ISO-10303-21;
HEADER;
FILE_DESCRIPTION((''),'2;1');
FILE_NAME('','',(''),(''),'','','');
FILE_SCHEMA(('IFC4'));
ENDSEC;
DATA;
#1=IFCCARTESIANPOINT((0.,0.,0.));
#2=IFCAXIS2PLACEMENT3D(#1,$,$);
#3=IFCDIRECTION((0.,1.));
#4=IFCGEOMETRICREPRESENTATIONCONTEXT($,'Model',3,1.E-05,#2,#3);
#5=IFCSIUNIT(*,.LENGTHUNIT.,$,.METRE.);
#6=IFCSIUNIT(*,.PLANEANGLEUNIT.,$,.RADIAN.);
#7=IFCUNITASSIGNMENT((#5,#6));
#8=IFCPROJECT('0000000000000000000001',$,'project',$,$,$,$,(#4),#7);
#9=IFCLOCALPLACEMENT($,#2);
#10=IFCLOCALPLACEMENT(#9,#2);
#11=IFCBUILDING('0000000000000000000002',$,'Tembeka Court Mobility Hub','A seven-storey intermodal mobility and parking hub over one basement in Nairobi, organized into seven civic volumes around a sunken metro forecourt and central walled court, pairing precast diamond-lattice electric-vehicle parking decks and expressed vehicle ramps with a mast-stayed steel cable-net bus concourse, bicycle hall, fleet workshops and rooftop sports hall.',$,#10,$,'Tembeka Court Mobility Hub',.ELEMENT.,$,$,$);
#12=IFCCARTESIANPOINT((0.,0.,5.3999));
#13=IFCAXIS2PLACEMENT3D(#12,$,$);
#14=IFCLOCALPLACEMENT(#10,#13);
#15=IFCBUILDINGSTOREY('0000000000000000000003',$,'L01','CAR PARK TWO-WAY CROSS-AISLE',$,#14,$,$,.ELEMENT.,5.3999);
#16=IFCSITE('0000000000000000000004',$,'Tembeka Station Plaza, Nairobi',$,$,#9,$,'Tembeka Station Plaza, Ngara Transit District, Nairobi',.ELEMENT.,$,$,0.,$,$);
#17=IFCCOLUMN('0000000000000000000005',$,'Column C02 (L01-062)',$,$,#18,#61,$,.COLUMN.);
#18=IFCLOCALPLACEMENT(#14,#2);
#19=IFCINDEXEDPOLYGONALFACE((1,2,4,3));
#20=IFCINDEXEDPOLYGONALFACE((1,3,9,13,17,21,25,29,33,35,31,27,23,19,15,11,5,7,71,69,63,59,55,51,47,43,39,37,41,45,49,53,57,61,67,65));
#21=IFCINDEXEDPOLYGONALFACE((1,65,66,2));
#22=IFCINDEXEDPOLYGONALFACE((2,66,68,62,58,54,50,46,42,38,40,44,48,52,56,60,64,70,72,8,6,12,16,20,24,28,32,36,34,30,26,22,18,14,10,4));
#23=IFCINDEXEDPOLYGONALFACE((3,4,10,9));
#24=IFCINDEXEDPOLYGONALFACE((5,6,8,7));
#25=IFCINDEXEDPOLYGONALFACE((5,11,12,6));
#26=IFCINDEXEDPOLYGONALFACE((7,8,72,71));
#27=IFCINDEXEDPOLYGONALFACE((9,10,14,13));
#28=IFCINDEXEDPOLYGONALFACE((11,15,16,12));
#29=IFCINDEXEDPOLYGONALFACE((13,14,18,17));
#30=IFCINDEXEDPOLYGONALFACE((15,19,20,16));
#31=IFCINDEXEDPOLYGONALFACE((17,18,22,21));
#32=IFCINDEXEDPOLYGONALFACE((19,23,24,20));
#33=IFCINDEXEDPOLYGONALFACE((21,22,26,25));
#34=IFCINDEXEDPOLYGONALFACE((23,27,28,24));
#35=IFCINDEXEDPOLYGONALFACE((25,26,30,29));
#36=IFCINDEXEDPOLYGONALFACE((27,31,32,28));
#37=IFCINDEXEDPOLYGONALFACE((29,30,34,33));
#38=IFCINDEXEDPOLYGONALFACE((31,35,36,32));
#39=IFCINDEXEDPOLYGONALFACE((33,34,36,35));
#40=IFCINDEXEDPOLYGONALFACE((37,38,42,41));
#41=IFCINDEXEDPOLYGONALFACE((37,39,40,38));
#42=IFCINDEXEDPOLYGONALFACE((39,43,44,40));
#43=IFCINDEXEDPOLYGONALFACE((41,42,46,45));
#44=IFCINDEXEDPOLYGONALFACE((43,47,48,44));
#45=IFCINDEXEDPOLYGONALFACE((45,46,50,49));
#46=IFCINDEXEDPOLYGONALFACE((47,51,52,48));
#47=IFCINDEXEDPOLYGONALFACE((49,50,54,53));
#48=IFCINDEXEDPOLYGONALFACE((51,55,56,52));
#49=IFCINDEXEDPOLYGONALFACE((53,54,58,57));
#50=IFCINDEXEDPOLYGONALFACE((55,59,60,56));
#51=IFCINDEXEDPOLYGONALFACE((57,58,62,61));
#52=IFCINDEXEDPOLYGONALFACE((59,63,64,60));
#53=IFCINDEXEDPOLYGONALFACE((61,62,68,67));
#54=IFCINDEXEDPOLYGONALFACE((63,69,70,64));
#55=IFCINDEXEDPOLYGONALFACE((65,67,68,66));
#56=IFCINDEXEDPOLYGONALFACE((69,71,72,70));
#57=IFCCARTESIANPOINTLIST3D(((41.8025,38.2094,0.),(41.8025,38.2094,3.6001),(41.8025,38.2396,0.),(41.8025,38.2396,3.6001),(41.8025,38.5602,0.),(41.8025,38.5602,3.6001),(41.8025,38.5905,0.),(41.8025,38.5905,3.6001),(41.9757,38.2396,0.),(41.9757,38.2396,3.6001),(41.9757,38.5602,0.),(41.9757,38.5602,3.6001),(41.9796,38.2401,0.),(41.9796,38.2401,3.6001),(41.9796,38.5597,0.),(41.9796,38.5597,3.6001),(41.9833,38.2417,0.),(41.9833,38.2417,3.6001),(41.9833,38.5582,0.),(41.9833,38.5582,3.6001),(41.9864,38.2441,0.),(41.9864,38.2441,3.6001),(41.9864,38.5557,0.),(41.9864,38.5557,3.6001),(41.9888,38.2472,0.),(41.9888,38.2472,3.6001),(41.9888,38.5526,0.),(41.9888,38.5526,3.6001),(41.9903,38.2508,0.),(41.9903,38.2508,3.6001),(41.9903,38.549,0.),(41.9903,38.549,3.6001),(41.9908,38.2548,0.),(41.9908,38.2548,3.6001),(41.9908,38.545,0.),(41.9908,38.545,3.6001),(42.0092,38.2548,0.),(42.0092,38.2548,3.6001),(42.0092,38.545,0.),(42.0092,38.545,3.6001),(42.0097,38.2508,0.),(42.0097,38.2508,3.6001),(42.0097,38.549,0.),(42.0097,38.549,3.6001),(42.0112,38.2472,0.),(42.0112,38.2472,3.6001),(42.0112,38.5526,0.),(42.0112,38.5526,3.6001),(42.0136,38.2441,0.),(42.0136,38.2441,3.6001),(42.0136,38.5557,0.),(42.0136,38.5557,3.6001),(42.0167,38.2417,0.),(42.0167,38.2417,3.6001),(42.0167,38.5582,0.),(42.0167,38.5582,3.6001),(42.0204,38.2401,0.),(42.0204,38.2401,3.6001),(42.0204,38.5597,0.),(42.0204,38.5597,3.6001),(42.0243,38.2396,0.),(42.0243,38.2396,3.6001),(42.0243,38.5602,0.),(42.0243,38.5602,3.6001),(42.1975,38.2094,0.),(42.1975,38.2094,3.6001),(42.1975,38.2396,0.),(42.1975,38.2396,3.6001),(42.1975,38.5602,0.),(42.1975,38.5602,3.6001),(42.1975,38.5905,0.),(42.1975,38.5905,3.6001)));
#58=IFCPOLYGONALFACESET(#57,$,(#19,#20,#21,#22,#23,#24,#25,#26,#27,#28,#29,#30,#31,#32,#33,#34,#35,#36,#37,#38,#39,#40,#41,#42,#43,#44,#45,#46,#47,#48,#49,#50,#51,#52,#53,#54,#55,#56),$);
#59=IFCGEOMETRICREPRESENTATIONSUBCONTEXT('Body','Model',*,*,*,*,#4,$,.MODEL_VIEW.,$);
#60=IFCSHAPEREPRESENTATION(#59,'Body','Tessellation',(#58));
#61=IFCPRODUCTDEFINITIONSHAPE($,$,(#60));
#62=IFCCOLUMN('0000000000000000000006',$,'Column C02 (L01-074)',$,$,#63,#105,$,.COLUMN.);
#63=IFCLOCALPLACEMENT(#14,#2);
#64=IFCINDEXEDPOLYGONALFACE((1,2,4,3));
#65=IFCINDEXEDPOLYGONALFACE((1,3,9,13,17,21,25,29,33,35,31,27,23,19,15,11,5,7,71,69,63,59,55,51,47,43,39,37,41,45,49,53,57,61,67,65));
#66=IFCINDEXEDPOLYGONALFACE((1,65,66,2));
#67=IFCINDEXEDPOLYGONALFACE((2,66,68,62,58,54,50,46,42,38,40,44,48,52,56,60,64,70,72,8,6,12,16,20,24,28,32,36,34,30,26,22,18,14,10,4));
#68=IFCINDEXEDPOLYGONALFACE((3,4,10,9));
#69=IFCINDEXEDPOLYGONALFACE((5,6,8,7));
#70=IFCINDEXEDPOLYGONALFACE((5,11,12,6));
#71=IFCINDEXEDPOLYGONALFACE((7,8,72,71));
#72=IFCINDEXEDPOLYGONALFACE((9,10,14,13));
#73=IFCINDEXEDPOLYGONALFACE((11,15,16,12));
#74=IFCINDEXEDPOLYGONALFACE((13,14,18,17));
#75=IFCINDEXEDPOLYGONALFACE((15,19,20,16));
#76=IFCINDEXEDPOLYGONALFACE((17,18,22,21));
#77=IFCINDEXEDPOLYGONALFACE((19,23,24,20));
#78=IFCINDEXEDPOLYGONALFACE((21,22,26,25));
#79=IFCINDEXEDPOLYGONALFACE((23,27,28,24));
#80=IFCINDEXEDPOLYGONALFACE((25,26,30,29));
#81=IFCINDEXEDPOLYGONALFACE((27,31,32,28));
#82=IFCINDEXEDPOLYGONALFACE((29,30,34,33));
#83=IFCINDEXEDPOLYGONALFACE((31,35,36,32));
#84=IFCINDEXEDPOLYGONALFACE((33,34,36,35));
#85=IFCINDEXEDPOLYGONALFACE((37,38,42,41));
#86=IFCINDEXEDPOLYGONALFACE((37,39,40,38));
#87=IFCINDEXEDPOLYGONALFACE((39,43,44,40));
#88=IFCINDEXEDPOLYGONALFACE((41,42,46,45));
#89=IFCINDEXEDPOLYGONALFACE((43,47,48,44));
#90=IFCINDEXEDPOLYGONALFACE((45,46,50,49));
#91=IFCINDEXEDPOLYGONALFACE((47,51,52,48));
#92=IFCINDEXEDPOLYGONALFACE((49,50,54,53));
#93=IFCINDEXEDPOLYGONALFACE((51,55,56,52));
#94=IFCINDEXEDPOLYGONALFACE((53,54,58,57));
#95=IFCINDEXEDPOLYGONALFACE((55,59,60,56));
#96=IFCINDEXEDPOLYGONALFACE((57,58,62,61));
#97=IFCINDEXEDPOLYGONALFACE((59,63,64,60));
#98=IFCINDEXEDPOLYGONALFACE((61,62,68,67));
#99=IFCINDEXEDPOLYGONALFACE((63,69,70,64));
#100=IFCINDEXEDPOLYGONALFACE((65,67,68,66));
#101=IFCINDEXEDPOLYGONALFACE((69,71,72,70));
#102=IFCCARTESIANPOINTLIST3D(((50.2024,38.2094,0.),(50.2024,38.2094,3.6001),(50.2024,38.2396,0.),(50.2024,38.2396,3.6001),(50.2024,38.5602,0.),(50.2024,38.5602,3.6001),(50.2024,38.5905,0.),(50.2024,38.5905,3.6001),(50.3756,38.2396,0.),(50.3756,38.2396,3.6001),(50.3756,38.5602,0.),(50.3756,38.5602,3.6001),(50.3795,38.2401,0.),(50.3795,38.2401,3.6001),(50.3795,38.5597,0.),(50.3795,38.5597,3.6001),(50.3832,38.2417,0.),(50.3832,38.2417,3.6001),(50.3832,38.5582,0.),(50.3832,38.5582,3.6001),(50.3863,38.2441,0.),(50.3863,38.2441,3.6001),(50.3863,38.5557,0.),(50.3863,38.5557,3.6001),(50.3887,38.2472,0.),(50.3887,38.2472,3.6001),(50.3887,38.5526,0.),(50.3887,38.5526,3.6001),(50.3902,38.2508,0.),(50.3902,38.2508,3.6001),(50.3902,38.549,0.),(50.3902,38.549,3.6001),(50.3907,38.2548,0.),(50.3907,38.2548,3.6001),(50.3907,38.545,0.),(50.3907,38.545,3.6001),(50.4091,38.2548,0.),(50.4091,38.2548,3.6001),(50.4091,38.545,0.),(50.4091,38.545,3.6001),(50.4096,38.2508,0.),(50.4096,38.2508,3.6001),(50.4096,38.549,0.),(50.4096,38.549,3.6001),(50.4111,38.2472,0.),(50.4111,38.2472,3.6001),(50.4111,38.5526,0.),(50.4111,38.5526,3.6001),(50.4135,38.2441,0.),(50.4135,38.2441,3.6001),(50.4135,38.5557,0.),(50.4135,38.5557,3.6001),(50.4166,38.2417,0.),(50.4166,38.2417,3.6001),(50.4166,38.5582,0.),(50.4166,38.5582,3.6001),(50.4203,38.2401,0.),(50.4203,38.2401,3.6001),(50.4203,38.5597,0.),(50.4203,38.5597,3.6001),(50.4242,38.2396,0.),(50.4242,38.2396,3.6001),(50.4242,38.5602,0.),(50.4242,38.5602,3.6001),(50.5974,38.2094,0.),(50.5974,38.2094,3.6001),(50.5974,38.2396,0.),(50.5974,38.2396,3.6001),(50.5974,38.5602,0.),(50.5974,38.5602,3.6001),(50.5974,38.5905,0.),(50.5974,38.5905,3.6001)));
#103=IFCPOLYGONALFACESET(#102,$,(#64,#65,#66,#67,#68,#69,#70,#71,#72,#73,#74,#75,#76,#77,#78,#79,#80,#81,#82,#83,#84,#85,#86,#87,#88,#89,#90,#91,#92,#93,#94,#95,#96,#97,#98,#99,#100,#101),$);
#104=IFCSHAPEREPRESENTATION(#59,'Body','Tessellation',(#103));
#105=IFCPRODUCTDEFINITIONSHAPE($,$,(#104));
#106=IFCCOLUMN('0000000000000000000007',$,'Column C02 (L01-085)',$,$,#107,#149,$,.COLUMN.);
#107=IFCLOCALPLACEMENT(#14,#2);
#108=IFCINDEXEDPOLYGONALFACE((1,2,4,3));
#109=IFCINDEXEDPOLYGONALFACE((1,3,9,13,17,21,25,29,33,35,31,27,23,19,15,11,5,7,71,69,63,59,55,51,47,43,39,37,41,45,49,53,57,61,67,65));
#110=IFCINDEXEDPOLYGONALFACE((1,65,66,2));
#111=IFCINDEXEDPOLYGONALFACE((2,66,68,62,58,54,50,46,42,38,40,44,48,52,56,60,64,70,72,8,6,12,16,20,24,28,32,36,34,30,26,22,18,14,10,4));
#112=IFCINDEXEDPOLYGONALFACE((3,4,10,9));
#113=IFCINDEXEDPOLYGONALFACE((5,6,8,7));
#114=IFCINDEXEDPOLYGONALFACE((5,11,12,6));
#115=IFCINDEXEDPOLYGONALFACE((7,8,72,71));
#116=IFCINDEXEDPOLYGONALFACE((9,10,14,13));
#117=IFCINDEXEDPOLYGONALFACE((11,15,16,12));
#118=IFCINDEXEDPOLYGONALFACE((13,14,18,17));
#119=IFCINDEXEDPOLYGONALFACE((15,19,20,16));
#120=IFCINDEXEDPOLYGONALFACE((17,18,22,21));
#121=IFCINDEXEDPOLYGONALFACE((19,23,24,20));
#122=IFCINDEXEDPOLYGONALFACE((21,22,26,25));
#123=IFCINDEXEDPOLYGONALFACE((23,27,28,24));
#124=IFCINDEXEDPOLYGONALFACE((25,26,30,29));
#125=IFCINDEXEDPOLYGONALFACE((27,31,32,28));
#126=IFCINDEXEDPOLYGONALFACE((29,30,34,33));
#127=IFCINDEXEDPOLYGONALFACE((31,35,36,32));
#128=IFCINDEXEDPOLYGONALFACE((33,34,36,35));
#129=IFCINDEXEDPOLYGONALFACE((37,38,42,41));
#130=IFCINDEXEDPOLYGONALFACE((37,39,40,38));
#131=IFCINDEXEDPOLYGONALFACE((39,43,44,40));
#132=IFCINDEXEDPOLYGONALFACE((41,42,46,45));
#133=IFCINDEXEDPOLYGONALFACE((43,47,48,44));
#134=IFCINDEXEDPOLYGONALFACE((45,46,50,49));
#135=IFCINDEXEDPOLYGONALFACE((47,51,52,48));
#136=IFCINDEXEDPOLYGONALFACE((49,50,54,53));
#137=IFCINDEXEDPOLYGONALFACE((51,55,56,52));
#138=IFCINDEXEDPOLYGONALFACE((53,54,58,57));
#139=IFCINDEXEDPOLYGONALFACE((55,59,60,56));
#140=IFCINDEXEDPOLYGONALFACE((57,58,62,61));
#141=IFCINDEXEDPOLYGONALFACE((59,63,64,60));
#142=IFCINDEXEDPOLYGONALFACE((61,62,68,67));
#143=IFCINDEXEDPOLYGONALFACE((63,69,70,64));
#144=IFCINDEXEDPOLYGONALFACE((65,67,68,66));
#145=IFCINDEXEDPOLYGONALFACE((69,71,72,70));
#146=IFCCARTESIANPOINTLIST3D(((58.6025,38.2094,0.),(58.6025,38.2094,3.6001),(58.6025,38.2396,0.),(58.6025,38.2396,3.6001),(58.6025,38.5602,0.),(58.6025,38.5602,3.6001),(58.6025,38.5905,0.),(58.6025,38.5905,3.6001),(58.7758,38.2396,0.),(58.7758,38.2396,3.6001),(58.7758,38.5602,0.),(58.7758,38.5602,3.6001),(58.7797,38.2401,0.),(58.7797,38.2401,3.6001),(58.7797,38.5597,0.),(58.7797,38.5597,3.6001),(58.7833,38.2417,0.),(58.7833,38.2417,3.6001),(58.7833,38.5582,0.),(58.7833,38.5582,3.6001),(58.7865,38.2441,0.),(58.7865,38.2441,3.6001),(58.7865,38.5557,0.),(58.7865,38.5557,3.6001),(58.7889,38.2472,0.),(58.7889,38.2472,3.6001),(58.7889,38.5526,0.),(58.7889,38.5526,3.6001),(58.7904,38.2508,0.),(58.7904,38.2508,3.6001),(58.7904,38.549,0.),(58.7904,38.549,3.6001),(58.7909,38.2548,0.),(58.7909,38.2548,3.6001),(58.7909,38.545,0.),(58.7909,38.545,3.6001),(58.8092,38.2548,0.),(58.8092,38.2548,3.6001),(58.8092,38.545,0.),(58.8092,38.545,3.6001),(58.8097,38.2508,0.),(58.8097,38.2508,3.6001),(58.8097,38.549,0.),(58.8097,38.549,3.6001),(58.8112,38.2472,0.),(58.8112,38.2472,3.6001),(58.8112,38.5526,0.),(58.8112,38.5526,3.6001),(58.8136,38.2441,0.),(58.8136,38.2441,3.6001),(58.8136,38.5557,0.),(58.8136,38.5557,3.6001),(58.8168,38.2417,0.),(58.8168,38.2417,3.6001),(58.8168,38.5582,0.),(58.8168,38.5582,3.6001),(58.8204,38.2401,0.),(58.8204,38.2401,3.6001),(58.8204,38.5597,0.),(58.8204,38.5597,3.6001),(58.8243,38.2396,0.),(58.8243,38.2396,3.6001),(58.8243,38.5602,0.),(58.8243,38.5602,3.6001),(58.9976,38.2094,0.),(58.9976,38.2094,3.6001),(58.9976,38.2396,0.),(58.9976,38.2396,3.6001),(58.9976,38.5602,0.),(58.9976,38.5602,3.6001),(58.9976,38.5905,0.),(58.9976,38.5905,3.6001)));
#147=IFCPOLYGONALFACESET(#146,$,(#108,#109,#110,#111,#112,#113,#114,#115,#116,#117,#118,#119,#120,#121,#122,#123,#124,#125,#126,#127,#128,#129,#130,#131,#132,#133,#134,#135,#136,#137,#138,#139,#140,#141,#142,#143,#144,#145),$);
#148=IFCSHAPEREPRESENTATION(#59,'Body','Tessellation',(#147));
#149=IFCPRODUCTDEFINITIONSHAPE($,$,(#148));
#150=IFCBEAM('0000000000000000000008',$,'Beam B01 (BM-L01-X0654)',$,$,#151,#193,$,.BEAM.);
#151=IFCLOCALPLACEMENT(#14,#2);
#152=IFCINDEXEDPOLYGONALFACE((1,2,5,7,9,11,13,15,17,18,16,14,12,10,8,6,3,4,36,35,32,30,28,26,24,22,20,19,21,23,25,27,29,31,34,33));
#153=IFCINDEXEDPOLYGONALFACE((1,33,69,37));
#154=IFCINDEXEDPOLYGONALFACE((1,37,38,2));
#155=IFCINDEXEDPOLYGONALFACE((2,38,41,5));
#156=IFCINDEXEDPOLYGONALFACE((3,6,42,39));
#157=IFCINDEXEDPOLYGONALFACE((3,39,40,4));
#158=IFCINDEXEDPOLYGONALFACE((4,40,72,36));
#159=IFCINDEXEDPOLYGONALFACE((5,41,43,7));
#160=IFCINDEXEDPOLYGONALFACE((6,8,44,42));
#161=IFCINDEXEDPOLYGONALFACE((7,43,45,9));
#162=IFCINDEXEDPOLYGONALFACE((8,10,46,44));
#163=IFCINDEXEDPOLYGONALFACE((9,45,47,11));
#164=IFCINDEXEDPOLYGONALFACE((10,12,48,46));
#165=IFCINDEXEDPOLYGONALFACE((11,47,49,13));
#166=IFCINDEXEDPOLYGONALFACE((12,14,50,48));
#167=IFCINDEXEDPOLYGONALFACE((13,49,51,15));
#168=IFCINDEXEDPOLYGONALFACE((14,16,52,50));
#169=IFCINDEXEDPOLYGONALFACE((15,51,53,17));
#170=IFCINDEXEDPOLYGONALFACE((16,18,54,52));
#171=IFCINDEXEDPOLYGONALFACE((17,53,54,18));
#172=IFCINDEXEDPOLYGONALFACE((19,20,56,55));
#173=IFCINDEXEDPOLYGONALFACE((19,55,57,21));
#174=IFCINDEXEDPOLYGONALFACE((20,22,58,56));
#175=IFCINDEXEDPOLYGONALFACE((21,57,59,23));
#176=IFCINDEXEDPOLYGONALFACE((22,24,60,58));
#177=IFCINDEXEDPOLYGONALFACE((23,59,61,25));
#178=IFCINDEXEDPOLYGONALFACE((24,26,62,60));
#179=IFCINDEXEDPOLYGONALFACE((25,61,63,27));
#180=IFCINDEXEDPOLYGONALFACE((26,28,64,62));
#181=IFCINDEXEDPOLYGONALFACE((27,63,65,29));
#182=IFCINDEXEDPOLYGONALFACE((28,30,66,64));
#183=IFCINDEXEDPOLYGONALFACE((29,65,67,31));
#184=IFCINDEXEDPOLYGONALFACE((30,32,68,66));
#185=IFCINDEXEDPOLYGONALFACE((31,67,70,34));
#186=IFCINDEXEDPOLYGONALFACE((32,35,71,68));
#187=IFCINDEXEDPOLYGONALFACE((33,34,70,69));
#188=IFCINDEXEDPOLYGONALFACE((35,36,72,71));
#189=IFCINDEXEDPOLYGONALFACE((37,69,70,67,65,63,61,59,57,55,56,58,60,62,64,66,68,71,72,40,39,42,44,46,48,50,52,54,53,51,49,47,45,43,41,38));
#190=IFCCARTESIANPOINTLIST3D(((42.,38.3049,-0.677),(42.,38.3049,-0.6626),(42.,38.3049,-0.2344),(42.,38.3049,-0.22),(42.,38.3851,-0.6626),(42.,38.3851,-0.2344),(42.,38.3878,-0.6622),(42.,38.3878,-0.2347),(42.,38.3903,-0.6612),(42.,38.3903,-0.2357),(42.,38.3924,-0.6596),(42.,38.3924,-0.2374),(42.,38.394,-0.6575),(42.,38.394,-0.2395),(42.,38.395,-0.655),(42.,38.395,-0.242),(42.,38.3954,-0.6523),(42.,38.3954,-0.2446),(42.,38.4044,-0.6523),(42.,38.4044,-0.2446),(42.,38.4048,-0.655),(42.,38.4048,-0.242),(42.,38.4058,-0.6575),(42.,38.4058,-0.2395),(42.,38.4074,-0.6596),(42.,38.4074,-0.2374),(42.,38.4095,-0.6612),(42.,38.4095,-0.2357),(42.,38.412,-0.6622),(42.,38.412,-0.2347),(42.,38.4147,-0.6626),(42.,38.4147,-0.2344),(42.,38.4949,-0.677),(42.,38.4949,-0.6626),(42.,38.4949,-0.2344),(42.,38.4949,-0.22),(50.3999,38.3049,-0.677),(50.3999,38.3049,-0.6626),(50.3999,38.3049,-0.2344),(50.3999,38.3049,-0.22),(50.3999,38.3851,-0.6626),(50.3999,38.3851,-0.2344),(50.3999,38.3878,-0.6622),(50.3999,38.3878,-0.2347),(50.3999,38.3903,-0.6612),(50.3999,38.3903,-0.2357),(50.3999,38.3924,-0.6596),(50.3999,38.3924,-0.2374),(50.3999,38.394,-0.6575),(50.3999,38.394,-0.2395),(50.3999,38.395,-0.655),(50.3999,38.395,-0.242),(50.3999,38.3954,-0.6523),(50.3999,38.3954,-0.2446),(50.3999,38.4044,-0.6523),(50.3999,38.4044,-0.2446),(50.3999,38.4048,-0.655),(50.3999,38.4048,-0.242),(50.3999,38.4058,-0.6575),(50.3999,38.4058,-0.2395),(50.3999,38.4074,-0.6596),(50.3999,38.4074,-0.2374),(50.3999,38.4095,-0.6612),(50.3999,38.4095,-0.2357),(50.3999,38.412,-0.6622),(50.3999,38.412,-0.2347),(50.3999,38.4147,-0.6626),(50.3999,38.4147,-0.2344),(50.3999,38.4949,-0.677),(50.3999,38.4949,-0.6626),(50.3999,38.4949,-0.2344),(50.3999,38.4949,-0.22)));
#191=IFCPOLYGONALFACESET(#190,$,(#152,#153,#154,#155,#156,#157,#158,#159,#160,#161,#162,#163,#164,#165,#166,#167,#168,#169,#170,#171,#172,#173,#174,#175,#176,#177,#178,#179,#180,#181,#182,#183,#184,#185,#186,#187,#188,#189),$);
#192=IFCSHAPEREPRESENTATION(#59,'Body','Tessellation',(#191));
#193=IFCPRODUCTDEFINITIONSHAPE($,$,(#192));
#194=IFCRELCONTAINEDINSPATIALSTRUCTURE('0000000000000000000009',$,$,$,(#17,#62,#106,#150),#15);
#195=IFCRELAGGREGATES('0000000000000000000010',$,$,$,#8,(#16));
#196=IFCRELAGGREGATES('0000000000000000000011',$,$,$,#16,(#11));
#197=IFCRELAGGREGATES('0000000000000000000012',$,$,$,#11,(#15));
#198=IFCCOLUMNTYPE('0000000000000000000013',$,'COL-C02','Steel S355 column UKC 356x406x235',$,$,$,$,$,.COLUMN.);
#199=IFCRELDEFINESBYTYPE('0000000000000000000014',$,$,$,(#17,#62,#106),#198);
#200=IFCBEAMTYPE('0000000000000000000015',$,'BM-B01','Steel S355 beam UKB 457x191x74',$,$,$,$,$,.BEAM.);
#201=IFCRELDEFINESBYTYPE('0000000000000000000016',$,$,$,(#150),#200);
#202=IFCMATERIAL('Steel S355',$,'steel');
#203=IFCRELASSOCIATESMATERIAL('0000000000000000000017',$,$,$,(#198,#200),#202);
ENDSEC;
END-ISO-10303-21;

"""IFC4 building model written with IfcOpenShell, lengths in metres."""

from ifc_helpers import new_model, si_unit, direction, frame, origin, origin_2d, place, context, subcontext, project, spatial, i_section, extrude, material, material_profile, profile_set, type_object, element, save


model = new_model("IFC4")

# Units and contexts
model_context = context("Model", 3, precision=1e-05, world=origin(), true_north=direction((0.0, 1.0)))
body_context = subcontext(model_context, "Body", "Model", "MODEL_VIEW")
ifc_project = project(units=[si_unit("LENGTHUNIT", "METRE"), si_unit("PLANEANGLEUNIT", "RADIAN")], contexts=[model_context])

# Site, building, storey
site_placement = place(None, origin())
site = spatial("IfcSite", under=ifc_project, at=site_placement, Name="Tembeka Station Plaza, Nairobi", LongName="Tembeka Station Plaza, Ngara Transit District, Nairobi", CompositionType="ELEMENT", RefElevation=0.0)
building_placement = place(site_placement, origin())
building = spatial("IfcBuilding", under=site, at=building_placement, Name="Tembeka Court Mobility Hub", Description="A seven-storey intermodal mobility and parking hub over one basement in Nairobi, organized into seven civic volumes around a sunken metro forecourt and central walled court, pairing precast diamond-lattice electric-vehicle parking decks and expressed vehicle ramps with a mast-stayed steel cable-net bus concourse, bicycle hall, fleet workshops and rooftop sports hall.", LongName="Tembeka Court Mobility Hub", CompositionType="ELEMENT")
storey_placement = place(building_placement, frame((0.0, 0.0, 5.3999)))
storey = spatial("IfcBuildingStorey", under=building, at=storey_placement, Name="L01", Description="CAR PARK TWO-WAY CROSS-AISLE", CompositionType="ELEMENT", Elevation=5.3999)

# Columns
ifc_material_1 = material(Name="Steel S355", Category="steel")
ifc_material_profile_1 = material_profile(ifc_material_1, i_section(OverallWidth=0.395, OverallDepth=0.3811, WebThickness=0.0183, FlangeThickness=0.0303, FilletRadius=0.0151, at=origin_2d()), Name="UKC 356x406x235")
ifc_profile_set_1 = profile_set([ifc_material_profile_1], Name="Steel S355")
column_type = type_object("IfcColumnType", Name="COL-C02", Description="Steel S355 column UKC 356x406x235", PredefinedType="COLUMN", material=ifc_profile_set_1)
for number, where, z_axis, x_axis, name in (
    (1, (42.0, 38.3999, 0.0), (0.0, 0.0, 1.0), (1.0, 0.0, 0.0), "Column C02 (L01-062)"),
    (2, (50.3999, 38.3999, 0.0), (0.0, 0.0, 1.0), (1.0, 0.0, 0.0), "Column C02 (L01-074)"),
    (3, (58.8, 38.3999, 0.0), (0.0, 0.0, 1.0), (1.0, 0.0, 0.0), "Column C02 (L01-085)"),
):
    element("IfcColumn", number, at=place(storey_placement, frame(where, z_axis=z_axis, x_axis=x_axis)), inside=storey, type_object=column_type, Name=name, PredefinedType="COLUMN", context=body_context, shape_type="SweptSolid", body=[
        extrude(i_section(OverallWidth=0.395, OverallDepth=0.3811, WebThickness=0.0183, FlangeThickness=0.0303, FilletRadius=0.0151, at=origin_2d()), origin(), (0.0, 0.0, 1.0), 3.6001),
    ])

# Beam
ifc_material_profile_2 = material_profile(ifc_material_1, i_section(OverallWidth=0.1899, OverallDepth=0.457, WebThickness=0.009, FlangeThickness=0.0144, FilletRadius=0.0103, at=origin_2d()), Name="UKB 457x191x74")
ifc_profile_set_2 = profile_set([ifc_material_profile_2], Name="Steel S355")
beam_type_1 = type_object("IfcBeamType", Name="BM-B01", Description="Steel S355 beam UKB 457x191x74", PredefinedType="BEAM", material=ifc_profile_set_2)
beam_1_placement = place(storey_placement, frame((42.0, 38.3999, -0.4485), z_axis=(1.0, 0.0, 0.0), x_axis=(0.0, 1.0, 0.0)))
element("IfcBeam", 4, at=beam_1_placement, inside=storey, type_object=beam_type_1, Name="Beam B01 (BM-L01-X0654)", PredefinedType="BEAM", context=body_context, shape_type="SweptSolid", body=[
    extrude(i_section(OverallWidth=0.1899, OverallDepth=0.457, WebThickness=0.009, FlangeThickness=0.0144, FilletRadius=0.0103, at=origin_2d()), origin(), (0.0, 0.0, 1.0), 8.3999),
])

save(model, "model.ifc")
